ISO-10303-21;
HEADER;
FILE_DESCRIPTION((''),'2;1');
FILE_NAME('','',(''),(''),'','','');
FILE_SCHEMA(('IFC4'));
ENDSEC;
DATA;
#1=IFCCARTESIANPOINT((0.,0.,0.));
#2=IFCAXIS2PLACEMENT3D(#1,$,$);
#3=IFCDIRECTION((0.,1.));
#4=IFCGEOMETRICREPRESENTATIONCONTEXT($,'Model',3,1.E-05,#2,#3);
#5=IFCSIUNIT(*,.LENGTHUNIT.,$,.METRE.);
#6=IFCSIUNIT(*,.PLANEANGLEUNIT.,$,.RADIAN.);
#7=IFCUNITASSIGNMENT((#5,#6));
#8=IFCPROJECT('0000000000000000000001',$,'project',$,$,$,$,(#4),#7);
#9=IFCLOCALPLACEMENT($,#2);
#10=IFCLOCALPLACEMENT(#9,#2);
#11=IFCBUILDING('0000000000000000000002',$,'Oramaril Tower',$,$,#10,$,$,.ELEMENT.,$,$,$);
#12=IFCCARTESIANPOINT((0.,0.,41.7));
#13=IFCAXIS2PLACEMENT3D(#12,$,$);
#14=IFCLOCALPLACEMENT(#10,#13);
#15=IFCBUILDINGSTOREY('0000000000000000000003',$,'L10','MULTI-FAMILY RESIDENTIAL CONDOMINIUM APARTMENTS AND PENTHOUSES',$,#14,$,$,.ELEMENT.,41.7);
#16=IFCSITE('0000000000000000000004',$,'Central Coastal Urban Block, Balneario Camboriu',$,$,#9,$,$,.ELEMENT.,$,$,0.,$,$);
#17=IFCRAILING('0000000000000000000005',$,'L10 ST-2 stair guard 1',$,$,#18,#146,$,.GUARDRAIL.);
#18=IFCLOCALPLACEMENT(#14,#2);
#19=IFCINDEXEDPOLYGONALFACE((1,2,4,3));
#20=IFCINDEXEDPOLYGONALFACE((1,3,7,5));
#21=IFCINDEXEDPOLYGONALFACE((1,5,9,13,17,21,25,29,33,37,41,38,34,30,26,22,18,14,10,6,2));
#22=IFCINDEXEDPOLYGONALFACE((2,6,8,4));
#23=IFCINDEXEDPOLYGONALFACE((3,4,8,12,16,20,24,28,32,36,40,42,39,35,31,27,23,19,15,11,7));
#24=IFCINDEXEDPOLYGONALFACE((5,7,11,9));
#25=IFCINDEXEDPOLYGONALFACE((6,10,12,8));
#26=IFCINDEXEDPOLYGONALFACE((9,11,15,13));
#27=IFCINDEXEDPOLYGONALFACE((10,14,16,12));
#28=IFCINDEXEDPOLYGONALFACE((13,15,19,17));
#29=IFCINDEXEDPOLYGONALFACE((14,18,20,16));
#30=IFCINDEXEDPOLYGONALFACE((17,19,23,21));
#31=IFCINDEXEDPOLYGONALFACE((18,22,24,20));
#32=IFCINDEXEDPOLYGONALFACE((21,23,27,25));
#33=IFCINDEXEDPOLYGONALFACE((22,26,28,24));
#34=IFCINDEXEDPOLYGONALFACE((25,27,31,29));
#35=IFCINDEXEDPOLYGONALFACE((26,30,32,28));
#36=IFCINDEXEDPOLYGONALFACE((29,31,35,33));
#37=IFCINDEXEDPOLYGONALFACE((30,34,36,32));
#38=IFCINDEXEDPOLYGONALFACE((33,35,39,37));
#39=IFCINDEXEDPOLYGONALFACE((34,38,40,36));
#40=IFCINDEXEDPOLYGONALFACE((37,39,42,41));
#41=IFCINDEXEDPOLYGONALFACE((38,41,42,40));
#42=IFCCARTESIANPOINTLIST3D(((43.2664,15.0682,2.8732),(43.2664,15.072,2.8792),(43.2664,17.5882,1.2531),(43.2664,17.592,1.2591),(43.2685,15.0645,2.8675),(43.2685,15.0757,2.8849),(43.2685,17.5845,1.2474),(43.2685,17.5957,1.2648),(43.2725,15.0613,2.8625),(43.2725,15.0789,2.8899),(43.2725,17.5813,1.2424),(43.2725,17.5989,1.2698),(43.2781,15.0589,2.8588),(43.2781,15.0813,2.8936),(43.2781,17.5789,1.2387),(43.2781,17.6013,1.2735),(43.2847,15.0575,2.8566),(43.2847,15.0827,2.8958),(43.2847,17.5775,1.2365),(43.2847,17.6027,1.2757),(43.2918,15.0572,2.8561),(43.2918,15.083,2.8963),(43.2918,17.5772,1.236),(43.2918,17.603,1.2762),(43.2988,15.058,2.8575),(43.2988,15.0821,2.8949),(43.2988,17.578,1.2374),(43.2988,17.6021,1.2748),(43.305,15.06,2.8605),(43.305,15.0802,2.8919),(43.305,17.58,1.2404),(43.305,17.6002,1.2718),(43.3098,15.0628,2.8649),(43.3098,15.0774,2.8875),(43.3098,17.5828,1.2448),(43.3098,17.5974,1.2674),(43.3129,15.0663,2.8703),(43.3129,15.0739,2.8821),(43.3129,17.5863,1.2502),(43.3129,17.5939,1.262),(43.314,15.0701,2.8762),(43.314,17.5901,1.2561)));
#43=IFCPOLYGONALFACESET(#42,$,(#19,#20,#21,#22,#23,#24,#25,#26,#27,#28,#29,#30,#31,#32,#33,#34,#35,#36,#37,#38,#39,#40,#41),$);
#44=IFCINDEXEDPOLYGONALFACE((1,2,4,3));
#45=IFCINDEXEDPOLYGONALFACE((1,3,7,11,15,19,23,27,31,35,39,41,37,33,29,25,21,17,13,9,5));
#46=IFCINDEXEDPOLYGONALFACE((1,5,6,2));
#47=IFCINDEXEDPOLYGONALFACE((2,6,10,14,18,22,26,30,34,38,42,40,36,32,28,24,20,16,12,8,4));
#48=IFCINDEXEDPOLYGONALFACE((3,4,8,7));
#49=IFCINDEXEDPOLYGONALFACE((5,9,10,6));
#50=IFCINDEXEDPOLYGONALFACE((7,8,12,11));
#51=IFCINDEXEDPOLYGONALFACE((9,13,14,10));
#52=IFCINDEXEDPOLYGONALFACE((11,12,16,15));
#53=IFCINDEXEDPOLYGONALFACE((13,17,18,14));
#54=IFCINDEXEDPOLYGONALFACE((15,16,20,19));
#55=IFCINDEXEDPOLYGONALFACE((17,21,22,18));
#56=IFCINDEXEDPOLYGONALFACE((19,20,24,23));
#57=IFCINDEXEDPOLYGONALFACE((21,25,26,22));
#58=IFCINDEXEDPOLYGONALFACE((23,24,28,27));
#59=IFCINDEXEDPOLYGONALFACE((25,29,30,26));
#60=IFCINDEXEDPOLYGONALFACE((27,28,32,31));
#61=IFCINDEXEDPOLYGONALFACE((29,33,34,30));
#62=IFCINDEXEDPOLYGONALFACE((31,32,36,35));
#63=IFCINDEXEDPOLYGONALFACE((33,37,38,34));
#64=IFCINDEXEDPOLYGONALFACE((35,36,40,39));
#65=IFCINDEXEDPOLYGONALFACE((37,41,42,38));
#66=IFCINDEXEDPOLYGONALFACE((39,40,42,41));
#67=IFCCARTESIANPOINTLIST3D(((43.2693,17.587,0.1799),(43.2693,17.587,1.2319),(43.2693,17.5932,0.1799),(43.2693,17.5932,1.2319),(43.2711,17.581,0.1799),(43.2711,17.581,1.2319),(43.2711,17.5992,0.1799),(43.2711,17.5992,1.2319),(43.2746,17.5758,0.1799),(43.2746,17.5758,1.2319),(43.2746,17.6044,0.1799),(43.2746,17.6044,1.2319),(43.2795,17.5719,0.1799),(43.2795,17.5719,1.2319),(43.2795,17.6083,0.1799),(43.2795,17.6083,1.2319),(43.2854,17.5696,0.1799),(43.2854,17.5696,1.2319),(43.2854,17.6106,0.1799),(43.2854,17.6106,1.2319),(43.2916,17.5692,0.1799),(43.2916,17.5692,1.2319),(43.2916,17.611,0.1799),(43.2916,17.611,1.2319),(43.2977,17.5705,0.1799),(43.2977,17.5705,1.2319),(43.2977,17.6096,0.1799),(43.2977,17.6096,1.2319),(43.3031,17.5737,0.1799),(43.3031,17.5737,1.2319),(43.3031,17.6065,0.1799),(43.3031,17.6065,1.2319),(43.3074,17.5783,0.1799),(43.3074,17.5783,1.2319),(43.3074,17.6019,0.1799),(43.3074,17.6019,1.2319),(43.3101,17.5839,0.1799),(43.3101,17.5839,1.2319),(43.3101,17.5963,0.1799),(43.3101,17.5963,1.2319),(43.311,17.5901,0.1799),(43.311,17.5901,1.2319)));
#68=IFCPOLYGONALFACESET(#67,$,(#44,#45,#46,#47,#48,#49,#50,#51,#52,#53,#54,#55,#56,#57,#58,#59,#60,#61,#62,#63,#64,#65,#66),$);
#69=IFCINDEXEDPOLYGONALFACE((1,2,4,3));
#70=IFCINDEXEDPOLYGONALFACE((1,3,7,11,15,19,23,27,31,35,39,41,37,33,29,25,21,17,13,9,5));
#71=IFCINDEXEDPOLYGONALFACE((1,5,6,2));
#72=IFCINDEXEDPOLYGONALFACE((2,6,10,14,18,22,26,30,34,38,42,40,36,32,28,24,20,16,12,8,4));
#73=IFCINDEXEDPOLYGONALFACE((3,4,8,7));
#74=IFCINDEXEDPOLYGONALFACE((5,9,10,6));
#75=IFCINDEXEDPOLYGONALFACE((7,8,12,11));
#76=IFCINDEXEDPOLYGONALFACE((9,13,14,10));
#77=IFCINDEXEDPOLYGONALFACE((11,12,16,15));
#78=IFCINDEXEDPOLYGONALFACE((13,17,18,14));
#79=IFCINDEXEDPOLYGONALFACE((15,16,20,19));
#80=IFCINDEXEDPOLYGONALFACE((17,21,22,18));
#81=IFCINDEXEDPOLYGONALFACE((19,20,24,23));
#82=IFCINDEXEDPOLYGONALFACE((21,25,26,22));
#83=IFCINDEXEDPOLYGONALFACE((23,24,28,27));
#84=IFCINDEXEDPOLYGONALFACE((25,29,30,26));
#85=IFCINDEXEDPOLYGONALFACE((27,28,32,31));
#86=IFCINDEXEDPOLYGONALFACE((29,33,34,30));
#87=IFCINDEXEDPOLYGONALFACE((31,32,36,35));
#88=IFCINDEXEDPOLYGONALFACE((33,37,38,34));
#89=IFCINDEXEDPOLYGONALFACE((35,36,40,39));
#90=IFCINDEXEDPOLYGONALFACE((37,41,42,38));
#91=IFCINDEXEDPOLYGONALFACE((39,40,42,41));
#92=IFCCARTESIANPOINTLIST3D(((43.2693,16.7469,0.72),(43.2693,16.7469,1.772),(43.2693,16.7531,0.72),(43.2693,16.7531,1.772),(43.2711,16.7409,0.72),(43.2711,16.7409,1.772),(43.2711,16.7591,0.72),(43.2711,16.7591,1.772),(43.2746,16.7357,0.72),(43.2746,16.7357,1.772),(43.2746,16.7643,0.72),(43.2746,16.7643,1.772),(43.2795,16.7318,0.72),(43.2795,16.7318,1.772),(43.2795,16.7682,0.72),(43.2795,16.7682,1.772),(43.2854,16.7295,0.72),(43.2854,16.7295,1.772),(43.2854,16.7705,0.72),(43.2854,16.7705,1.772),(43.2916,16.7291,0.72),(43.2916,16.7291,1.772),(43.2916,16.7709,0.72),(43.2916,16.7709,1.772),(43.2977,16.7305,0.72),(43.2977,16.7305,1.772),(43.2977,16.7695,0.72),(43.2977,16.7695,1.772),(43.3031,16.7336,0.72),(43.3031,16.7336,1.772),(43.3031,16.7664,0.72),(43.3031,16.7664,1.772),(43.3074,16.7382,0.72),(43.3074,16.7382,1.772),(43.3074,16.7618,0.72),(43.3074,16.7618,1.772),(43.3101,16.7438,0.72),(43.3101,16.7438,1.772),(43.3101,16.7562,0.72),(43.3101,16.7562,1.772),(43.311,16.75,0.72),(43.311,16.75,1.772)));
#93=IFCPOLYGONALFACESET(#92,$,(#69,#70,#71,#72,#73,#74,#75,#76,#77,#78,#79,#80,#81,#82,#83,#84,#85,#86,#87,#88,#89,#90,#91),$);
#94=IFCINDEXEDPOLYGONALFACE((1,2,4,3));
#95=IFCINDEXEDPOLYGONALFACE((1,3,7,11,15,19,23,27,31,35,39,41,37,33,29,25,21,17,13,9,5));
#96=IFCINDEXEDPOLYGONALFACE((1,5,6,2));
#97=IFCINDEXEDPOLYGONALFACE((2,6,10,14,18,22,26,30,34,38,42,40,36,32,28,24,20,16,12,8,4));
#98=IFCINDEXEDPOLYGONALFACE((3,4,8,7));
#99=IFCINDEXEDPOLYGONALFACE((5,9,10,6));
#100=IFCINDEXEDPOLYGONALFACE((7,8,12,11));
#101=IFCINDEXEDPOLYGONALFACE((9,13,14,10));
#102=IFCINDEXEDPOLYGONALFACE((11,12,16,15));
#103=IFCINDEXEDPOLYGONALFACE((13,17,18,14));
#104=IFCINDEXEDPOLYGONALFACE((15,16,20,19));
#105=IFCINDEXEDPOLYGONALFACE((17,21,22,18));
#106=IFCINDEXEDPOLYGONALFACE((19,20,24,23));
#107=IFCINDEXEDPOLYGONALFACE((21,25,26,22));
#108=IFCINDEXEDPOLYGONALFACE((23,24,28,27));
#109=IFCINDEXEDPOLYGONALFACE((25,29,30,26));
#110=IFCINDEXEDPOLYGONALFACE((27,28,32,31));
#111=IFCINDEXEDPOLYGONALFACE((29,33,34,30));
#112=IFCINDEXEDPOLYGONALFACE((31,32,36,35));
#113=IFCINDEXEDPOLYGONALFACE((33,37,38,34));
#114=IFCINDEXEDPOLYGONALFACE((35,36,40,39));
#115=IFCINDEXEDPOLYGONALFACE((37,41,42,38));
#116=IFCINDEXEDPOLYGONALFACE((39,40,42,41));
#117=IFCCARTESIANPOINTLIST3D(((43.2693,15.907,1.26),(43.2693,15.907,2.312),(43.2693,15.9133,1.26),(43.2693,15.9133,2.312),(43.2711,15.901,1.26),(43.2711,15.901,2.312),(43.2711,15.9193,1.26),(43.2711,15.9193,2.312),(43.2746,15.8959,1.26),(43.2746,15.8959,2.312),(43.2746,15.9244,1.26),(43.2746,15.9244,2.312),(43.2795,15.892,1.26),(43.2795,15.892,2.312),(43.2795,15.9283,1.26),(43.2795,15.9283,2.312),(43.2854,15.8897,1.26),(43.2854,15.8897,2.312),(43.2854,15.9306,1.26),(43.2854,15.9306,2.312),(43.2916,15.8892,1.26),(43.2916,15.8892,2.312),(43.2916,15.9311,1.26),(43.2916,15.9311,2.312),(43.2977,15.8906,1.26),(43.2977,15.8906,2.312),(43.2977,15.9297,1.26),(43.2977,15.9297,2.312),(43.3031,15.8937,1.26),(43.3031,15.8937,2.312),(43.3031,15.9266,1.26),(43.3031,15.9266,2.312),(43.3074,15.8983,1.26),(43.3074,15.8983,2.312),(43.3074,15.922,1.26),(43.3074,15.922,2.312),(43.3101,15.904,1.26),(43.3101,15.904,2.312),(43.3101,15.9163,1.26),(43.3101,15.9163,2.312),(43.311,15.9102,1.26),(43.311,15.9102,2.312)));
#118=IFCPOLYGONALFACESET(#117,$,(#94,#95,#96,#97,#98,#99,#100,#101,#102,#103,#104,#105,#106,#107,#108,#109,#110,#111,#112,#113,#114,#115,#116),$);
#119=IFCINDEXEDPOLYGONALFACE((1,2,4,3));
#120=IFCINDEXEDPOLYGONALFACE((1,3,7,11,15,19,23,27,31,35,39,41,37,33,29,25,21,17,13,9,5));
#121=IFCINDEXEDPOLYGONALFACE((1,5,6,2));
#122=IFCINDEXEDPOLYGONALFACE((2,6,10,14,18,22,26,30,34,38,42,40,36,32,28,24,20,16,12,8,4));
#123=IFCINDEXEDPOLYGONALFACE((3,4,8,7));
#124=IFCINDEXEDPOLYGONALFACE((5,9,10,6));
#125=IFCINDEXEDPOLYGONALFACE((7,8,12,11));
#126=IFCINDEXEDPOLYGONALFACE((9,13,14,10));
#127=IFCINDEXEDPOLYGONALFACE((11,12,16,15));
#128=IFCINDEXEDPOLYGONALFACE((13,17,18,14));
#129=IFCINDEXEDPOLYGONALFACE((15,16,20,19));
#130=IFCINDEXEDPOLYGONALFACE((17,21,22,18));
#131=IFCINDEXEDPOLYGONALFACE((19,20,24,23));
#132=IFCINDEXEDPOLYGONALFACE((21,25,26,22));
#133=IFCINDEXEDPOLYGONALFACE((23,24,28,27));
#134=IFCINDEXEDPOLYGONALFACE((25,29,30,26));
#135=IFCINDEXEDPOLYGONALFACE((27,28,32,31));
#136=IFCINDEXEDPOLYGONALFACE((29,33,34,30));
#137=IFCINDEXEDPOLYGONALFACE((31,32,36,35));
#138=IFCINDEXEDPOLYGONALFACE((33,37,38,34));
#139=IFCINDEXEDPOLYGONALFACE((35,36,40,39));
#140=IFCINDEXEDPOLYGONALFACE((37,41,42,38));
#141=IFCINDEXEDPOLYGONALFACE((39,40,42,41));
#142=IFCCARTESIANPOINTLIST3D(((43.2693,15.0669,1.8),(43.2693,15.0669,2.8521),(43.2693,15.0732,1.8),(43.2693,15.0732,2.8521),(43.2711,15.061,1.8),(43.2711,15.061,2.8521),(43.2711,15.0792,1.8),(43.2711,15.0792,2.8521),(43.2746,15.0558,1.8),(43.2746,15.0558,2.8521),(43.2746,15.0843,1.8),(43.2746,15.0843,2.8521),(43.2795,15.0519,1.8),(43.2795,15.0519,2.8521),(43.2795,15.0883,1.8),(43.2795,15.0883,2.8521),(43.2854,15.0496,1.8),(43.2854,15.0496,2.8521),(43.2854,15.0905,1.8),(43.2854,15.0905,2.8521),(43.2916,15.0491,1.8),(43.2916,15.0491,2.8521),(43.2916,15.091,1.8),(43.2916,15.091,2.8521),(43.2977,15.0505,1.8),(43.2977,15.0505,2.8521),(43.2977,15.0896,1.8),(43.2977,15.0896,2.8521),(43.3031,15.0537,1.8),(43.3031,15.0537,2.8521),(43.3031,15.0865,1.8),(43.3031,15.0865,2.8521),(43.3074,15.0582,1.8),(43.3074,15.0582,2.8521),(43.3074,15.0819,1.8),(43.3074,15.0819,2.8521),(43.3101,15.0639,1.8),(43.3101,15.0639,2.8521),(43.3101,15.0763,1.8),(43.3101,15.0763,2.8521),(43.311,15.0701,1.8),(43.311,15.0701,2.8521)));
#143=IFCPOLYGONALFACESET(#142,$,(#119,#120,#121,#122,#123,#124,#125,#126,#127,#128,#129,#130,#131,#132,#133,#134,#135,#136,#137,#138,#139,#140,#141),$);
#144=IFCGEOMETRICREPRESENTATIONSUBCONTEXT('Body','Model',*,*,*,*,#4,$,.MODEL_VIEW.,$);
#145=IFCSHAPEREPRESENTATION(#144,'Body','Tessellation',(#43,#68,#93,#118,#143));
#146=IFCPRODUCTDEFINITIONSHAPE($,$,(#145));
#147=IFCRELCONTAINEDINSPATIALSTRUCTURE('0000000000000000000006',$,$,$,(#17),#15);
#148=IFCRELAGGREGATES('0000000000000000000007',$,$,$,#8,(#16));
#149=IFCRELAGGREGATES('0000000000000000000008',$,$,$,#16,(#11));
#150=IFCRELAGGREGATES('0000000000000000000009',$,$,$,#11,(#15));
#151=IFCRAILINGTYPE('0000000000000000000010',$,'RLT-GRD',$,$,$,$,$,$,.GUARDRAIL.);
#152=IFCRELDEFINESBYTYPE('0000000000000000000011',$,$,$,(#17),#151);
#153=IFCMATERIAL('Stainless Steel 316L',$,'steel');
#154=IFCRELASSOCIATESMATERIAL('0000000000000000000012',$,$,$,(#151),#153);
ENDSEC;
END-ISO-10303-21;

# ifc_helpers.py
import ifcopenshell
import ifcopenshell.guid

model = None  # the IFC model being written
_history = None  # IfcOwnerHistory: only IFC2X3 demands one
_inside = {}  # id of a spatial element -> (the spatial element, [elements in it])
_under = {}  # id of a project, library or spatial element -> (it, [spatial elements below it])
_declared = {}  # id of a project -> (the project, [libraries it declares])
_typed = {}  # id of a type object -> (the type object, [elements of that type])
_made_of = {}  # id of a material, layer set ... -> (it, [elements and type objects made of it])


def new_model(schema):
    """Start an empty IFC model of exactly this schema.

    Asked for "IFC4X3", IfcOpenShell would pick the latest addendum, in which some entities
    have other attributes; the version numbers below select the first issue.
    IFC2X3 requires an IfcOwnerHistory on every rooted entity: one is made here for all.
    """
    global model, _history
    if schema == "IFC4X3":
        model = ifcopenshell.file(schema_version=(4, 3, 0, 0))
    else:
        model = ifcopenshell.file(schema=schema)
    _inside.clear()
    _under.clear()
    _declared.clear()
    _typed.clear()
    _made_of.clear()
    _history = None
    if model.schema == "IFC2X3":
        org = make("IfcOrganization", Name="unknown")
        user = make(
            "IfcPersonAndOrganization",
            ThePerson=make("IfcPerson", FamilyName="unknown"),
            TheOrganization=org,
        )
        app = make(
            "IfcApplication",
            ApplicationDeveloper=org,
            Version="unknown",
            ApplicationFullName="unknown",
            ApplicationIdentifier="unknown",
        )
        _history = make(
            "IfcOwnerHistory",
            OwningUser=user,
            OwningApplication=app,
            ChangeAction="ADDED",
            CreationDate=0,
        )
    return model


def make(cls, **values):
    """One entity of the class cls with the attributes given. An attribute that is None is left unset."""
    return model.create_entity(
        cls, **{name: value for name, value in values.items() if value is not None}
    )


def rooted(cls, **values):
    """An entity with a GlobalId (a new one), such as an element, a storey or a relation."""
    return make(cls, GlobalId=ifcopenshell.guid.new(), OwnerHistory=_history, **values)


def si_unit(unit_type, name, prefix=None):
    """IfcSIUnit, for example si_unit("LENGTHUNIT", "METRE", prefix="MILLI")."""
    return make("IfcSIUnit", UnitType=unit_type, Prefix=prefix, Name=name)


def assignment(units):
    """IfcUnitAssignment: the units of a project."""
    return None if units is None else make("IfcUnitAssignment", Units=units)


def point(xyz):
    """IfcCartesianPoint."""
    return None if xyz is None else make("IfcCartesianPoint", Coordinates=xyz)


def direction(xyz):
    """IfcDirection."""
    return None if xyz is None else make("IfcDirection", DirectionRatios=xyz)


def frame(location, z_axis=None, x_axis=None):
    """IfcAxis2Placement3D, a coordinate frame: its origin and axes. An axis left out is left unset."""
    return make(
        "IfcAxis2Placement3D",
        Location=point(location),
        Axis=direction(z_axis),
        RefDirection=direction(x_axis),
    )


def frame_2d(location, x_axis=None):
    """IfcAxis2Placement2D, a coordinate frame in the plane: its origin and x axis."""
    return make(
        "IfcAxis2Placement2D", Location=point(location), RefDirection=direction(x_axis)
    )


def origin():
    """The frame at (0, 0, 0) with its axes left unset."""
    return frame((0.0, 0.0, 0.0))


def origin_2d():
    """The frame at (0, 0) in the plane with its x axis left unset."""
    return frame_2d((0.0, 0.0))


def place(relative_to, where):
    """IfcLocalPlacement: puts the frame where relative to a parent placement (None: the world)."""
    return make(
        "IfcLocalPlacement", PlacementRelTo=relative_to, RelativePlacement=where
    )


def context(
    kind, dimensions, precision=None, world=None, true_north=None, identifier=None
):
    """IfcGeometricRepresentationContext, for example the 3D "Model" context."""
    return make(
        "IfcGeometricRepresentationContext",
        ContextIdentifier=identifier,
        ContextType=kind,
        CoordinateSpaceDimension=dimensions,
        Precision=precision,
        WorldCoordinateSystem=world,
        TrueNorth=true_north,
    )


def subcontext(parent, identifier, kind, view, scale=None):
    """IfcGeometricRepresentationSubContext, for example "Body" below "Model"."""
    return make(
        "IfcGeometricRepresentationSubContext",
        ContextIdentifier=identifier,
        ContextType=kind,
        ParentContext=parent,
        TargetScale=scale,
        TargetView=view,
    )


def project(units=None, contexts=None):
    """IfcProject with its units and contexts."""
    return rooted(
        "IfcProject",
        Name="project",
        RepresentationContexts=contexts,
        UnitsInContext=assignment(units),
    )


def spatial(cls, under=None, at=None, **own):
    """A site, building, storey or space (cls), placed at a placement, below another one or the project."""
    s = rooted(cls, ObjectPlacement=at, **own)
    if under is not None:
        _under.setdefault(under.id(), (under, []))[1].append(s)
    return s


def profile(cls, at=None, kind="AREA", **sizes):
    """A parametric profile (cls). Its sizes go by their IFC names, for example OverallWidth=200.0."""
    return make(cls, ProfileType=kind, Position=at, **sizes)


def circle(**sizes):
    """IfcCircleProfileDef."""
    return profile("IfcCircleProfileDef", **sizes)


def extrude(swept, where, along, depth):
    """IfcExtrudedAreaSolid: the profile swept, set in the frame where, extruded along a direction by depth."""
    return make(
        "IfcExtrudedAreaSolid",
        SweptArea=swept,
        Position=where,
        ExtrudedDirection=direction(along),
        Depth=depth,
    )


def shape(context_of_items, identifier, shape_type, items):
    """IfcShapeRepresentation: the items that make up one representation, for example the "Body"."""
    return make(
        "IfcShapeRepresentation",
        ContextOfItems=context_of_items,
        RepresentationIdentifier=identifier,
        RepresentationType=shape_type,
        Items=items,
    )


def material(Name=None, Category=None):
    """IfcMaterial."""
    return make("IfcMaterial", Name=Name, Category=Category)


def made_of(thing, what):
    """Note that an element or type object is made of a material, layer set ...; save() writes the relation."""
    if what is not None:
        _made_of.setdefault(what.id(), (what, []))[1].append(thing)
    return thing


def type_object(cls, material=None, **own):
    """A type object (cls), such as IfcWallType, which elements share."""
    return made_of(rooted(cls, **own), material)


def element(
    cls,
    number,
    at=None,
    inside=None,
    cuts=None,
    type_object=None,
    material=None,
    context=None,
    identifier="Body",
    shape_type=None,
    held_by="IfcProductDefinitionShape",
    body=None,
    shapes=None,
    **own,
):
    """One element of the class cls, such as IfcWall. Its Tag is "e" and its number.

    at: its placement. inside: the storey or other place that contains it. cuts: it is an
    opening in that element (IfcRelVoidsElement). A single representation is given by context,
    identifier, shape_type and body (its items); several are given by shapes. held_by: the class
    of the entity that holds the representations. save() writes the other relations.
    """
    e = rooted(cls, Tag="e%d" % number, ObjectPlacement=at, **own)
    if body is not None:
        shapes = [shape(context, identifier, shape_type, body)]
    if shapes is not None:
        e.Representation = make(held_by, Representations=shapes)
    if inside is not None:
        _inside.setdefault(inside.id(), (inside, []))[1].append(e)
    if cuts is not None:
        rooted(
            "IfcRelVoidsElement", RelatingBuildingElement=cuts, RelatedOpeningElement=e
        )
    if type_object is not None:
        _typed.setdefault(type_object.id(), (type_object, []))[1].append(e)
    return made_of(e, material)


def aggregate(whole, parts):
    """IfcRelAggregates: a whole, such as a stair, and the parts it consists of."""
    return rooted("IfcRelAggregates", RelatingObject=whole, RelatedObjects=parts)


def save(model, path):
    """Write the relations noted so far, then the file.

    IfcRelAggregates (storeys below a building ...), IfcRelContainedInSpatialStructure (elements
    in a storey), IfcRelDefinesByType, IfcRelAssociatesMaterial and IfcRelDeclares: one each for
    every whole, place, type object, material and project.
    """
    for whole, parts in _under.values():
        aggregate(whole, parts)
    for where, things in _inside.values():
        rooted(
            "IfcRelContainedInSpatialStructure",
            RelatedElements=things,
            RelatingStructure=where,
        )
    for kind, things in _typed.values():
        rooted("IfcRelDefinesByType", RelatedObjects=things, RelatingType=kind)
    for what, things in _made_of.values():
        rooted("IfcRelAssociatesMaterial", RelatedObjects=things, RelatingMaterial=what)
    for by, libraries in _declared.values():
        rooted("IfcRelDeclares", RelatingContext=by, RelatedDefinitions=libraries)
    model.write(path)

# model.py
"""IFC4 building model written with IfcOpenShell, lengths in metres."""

from ifc_helpers import new_model, si_unit, direction, frame, origin, origin_2d, place, context, subcontext, project, spatial, circle, extrude, material, type_object, element, save


model = new_model("IFC4")

# Units and contexts
model_context = context("Model", 3, precision=1e-05, world=origin(), true_north=direction((0.0, 1.0)))
body_context = subcontext(model_context, "Body", "Model", "MODEL_VIEW")
ifc_project = project(units=[si_unit("LENGTHUNIT", "METRE"), si_unit("PLANEANGLEUNIT", "RADIAN")], contexts=[model_context])

# Site, building, storey
site_placement = place(None, origin())
site = spatial("IfcSite", under=ifc_project, at=site_placement, Name="Central Coastal Urban Block, Balneario Camboriu", CompositionType="ELEMENT", RefElevation=0.0)
building_placement = place(site_placement, origin())
building = spatial("IfcBuilding", under=site, at=building_placement, Name="Oramaril Tower", CompositionType="ELEMENT")
storey_placement = place(building_placement, frame((0.0, 0.0, 41.7)))
storey = spatial("IfcBuildingStorey", under=building, at=storey_placement, Name="L10", Description="MULTI-FAMILY RESIDENTIAL CONDOMINIUM APARTMENTS AND PENTHOUSES", CompositionType="ELEMENT", Elevation=41.7)

# Railing
ifc_material_1 = material(Name="Stainless Steel 316L", Category="steel")
railing_type_1 = type_object("IfcRailingType", Name="RLT-GRD", PredefinedType="GUARDRAIL", material=ifc_material_1)
railing_1_placement = place(storey_placement, frame((43.29, 17.5901, 0.1799)))
element("IfcRailing", 1, at=railing_1_placement, inside=storey, type_object=railing_type_1, Name="L10 ST-2 stair guard 1", PredefinedType="GUARDRAIL", context=body_context, shape_type="SweptSolid", body=[
    extrude(circle(Radius=0.0239, at=origin_2d()), frame((0.0, 0.0, 1.0762), z_axis=(0.0, -0.841163, 0.540782), x_axis=(1.0, 0.0, 0.0)), (0.0, 0.0, 1.0), 2.9958),
    extrude(circle(Radius=0.021, at=origin_2d()), origin(), (0.0, 0.0, 1.0), 1.052),
    extrude(circle(Radius=0.021, at=origin_2d()), frame((0.0, -0.8401, 0.54)), (0.0, 0.0, 1.0), 1.052),
    extrude(circle(Radius=0.021, at=origin_2d()), frame((0.0, -1.6799, 1.0801)), (0.0, 0.0, 1.0), 1.052),
    extrude(circle(Radius=0.021, at=origin_2d()), frame((0.0, -2.52, 1.6201)), (0.0, 0.0, 1.0), 1.052),
])

save(model, "model.ifc")
